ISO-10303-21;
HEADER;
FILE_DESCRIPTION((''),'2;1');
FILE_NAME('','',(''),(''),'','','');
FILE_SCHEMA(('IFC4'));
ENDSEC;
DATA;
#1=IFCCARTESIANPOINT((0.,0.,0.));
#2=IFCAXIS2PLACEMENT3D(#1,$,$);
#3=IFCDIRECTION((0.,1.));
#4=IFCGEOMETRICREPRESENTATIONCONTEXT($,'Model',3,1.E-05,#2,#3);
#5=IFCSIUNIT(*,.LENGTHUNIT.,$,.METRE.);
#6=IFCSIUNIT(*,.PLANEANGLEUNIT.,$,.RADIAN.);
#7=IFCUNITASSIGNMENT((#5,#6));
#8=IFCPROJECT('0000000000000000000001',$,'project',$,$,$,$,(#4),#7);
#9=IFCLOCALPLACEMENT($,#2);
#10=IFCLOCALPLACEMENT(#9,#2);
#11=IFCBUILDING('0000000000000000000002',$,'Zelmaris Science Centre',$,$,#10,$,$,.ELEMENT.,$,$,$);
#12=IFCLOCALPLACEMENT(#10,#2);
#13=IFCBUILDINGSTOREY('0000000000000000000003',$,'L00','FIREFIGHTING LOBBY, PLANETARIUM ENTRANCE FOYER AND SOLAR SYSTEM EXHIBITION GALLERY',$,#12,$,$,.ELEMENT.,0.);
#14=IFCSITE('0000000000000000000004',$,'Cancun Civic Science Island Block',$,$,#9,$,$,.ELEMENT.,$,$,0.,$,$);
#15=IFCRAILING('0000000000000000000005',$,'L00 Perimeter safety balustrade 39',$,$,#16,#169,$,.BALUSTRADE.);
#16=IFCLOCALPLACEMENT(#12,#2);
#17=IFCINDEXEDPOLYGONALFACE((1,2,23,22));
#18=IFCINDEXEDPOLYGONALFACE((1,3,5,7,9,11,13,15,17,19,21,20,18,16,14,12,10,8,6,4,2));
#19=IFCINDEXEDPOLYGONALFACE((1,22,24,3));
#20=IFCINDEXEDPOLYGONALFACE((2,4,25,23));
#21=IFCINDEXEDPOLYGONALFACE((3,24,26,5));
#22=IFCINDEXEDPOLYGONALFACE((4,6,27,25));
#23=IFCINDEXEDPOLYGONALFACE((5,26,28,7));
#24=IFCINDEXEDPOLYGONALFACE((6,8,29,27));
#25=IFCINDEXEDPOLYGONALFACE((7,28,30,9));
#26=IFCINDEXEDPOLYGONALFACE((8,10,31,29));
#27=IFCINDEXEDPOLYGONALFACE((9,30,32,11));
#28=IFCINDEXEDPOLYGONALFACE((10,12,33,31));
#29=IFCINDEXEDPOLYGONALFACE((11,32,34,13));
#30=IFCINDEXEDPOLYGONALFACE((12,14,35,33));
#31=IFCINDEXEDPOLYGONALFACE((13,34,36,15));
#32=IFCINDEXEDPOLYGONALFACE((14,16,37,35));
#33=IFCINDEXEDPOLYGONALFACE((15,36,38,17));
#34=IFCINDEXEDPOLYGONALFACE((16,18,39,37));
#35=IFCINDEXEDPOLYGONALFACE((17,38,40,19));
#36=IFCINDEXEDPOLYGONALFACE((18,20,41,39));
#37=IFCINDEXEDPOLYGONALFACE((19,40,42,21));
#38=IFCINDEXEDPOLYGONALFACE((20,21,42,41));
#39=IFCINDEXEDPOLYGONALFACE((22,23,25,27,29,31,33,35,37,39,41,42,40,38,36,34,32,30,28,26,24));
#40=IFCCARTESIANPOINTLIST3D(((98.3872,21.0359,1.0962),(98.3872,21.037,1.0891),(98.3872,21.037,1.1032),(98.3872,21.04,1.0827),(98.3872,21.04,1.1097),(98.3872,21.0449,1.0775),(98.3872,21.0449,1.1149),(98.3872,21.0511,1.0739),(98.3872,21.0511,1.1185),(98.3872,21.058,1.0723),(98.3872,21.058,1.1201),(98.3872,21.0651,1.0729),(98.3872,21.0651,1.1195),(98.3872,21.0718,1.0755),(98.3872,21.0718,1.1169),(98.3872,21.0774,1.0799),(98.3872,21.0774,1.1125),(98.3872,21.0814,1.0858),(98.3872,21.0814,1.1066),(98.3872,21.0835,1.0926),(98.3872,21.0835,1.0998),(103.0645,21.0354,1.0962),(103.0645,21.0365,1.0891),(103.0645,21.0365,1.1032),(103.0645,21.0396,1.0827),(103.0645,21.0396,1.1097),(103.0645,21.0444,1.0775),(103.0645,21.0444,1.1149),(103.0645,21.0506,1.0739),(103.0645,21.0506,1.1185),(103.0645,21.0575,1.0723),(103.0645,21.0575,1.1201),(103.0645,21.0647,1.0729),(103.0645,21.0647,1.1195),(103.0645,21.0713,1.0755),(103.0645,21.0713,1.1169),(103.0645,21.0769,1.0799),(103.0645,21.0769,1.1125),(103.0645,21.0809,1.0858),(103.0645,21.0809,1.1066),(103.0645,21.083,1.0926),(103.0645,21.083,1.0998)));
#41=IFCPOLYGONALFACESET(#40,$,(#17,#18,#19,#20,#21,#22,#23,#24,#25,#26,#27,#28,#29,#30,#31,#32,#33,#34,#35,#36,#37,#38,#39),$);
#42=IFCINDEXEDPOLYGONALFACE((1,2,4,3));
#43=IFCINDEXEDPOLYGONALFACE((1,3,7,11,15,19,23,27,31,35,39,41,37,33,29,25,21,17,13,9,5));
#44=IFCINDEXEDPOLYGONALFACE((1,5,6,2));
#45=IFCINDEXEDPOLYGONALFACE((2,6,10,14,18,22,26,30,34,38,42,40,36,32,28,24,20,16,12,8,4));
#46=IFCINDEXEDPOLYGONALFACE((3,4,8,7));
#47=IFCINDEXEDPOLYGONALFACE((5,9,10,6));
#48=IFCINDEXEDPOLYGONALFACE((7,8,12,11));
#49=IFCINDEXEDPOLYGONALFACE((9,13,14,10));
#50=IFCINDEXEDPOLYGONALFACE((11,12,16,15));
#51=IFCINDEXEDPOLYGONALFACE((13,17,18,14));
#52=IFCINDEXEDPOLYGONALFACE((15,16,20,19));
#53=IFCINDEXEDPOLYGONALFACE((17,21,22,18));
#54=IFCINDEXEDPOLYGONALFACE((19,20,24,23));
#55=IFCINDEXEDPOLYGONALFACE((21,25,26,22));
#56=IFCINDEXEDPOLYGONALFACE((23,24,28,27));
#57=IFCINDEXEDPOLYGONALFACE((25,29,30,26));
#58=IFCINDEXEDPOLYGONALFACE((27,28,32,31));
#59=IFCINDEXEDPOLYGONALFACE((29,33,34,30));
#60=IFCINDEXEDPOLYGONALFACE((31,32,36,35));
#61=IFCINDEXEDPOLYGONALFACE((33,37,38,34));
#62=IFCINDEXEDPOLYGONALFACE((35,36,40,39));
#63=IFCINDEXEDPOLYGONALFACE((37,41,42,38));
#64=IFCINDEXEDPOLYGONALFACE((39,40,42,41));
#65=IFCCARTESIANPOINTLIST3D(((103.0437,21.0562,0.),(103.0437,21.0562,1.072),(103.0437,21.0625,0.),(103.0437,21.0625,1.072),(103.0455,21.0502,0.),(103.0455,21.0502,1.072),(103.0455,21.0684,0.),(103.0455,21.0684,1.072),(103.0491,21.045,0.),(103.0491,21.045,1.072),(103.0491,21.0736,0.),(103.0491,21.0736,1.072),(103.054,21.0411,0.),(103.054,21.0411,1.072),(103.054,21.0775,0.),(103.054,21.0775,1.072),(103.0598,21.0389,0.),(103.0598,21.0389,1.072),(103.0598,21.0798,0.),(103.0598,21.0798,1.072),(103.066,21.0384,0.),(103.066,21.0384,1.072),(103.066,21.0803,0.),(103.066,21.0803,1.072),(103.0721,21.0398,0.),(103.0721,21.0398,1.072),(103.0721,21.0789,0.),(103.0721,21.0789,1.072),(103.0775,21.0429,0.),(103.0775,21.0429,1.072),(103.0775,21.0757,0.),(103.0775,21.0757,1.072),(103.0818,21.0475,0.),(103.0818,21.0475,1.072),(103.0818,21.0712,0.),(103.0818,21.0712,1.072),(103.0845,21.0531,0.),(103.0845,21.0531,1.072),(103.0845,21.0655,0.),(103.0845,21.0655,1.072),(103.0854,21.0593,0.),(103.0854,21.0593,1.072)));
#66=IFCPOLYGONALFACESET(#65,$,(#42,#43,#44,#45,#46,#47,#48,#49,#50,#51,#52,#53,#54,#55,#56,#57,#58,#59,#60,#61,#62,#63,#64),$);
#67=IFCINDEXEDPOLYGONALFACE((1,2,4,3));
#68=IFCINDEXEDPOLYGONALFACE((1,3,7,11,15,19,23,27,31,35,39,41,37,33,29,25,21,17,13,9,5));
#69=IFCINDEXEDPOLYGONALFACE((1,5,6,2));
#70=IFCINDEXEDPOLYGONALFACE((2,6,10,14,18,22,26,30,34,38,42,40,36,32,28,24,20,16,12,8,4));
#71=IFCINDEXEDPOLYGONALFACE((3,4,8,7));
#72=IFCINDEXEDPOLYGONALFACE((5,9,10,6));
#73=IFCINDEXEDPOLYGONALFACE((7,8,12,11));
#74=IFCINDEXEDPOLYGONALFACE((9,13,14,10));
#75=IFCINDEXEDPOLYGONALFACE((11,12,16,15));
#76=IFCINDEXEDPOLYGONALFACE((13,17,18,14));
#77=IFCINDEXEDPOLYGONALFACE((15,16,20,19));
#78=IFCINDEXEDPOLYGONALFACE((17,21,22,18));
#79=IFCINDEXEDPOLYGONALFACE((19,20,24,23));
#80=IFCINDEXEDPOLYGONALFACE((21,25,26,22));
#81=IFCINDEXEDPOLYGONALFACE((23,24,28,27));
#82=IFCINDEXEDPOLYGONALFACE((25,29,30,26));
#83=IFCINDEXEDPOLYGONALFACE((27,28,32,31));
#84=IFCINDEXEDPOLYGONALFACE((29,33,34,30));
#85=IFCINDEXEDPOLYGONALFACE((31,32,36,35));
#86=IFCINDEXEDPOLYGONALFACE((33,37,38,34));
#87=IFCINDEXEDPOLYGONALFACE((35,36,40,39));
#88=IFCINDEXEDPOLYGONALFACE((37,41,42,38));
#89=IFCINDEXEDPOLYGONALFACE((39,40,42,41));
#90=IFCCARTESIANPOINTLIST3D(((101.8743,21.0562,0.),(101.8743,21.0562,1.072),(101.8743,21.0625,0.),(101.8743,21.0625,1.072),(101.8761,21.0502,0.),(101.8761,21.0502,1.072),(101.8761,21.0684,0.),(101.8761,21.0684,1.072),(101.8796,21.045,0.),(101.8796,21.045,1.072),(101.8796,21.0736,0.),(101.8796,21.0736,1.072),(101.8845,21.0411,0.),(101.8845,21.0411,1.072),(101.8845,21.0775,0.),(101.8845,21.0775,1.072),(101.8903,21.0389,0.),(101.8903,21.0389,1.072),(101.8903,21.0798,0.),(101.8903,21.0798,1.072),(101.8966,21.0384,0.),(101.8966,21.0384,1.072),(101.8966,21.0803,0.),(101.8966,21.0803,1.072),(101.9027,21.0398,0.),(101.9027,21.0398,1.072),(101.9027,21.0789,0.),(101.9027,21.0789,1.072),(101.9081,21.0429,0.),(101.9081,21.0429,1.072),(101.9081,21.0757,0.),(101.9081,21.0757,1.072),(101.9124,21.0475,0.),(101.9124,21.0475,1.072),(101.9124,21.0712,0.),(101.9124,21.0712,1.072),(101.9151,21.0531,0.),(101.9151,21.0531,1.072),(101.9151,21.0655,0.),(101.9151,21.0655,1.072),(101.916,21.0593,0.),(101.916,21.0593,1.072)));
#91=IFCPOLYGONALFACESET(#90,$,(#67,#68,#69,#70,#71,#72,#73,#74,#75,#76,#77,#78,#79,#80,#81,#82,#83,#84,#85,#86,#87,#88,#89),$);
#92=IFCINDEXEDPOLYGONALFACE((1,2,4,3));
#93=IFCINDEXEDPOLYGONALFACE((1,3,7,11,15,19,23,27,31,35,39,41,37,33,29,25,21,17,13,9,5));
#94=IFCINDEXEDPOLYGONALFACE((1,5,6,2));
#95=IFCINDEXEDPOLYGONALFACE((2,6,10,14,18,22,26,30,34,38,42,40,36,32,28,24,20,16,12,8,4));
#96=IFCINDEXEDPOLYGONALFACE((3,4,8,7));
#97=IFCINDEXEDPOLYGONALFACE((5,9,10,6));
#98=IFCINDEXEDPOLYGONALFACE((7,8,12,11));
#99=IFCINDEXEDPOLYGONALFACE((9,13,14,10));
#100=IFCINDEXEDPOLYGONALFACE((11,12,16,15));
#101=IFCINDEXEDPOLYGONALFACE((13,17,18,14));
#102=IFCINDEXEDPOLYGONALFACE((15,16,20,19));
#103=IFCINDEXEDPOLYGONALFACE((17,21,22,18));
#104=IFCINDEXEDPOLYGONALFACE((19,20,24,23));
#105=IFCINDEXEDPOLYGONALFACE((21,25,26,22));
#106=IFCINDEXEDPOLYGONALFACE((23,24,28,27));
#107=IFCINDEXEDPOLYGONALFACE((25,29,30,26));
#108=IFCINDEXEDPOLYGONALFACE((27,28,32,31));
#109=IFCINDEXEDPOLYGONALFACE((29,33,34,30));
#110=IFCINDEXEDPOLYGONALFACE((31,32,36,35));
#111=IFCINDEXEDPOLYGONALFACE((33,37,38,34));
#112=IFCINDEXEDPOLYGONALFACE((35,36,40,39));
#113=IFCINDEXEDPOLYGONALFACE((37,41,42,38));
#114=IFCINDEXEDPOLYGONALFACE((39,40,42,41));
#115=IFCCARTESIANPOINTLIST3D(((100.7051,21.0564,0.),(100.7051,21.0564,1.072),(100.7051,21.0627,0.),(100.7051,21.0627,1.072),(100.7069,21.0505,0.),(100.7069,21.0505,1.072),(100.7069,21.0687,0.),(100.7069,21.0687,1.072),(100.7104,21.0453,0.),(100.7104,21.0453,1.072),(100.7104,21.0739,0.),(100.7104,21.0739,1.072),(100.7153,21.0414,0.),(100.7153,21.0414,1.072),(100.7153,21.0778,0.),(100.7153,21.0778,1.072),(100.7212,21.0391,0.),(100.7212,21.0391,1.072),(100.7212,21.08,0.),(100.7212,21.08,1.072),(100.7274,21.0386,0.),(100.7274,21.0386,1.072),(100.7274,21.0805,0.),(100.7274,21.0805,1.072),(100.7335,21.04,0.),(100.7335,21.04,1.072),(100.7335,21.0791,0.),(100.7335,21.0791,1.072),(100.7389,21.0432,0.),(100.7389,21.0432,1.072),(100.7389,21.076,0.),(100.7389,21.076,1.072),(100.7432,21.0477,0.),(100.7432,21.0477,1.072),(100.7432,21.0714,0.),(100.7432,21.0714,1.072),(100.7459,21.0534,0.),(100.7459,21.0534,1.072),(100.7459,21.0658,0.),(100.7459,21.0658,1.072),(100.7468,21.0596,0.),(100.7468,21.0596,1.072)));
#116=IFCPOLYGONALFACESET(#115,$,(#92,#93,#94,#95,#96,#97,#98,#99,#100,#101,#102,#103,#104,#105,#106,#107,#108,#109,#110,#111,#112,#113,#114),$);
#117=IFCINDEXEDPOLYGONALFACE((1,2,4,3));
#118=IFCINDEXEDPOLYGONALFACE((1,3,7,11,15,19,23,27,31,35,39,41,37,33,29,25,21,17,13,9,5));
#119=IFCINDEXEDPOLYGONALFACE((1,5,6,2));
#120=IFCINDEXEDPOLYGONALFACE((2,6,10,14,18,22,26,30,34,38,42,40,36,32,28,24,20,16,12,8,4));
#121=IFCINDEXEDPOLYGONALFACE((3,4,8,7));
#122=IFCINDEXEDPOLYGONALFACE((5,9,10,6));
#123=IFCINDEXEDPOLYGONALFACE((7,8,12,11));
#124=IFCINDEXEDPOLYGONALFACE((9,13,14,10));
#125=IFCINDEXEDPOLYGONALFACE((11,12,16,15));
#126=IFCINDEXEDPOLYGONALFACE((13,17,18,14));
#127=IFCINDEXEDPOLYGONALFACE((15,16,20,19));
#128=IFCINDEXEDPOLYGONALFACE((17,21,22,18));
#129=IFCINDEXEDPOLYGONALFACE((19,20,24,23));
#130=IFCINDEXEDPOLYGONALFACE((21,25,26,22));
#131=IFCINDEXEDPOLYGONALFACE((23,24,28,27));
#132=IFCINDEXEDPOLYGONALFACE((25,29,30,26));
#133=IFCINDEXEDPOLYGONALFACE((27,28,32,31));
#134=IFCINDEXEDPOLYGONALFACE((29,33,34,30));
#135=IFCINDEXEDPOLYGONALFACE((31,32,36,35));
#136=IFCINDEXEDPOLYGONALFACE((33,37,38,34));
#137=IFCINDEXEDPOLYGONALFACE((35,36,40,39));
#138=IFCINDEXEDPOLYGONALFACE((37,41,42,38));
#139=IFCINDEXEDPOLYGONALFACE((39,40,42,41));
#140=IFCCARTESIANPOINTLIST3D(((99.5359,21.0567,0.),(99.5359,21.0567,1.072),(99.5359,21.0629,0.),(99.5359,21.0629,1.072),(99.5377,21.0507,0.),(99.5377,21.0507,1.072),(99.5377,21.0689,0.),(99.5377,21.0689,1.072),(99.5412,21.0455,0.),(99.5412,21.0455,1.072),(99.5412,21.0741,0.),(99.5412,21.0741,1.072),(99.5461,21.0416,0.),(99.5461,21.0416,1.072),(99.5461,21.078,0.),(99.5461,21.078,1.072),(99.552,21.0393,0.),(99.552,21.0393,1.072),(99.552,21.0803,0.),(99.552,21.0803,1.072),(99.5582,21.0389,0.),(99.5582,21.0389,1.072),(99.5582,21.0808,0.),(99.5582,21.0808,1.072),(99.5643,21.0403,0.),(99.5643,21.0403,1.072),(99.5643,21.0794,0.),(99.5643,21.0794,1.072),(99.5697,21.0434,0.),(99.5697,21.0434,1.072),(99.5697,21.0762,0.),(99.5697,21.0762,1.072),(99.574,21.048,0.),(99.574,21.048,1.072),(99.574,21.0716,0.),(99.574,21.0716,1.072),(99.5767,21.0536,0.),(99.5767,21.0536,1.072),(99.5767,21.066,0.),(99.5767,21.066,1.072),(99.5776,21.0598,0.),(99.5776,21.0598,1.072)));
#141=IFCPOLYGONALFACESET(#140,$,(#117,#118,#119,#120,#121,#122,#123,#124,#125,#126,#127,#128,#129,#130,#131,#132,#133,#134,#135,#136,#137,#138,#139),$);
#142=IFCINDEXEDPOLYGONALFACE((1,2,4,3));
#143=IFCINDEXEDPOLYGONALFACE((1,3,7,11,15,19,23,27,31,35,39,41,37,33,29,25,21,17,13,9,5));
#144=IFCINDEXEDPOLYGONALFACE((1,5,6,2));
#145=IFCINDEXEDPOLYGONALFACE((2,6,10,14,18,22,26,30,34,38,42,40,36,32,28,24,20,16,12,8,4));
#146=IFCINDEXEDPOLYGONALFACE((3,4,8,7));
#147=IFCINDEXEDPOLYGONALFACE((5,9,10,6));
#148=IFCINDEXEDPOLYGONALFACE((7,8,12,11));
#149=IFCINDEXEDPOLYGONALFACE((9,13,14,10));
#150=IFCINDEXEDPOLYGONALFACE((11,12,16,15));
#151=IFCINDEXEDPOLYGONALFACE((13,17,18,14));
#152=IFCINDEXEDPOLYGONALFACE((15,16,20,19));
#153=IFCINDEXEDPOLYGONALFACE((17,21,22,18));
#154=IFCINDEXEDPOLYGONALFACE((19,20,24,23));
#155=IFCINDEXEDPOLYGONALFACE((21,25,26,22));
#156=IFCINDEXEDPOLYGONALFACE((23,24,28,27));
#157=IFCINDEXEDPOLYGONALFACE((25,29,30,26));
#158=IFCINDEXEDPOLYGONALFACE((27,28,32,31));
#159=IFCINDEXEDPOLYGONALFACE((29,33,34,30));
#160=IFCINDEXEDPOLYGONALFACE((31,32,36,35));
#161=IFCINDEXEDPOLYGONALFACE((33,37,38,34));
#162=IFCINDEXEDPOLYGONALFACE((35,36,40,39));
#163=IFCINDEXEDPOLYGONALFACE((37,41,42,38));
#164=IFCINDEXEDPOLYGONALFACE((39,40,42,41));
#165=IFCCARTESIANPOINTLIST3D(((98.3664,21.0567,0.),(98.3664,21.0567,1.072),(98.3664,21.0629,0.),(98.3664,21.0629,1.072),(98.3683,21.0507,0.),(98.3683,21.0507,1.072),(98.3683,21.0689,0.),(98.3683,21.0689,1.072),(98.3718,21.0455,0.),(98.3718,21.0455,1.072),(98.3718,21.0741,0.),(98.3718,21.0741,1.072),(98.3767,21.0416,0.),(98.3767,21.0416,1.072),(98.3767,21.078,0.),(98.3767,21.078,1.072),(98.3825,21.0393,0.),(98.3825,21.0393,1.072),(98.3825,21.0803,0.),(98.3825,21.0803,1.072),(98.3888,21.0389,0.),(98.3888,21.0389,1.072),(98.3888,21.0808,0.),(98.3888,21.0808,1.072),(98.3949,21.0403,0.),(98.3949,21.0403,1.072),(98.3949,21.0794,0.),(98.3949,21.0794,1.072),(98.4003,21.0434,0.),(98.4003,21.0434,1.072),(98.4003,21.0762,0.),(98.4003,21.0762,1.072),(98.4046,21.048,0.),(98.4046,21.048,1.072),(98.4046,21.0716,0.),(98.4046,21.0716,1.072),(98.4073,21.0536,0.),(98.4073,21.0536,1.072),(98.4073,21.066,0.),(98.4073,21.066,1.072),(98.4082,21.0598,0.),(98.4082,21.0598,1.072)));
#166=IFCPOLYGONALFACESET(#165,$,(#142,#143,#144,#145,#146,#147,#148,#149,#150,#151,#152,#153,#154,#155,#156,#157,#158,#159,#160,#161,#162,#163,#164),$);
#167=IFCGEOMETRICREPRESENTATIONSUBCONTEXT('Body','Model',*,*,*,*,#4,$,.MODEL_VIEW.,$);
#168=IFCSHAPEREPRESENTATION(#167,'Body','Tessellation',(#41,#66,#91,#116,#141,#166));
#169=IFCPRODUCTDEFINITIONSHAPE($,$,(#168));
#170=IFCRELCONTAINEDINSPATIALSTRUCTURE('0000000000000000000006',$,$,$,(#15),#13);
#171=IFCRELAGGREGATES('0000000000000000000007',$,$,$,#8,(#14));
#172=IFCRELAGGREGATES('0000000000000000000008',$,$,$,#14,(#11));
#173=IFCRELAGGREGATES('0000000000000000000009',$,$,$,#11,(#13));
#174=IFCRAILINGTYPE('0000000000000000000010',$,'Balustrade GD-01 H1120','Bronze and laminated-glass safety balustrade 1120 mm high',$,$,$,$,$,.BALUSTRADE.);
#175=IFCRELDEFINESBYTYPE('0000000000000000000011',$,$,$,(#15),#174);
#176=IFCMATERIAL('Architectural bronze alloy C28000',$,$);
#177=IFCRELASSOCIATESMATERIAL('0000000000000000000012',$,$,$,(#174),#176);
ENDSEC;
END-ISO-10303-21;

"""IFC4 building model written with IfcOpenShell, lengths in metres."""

from ifc_helpers import new_model, si_unit, direction, frame, origin, origin_2d, place, context, subcontext, project, spatial, circle, extrude, material, type_object, element, save


model = new_model("IFC4")

# Units and contexts
model_context = context("Model", 3, precision=1e-05, world=origin(), true_north=direction((0.0, 1.0)))
body_context = subcontext(model_context, "Body", "Model", "MODEL_VIEW")
ifc_project = project(units=[si_unit("LENGTHUNIT", "METRE"), si_unit("PLANEANGLEUNIT", "RADIAN")], contexts=[model_context])

# Site, building, storey
site_placement = place(None, origin())
site = spatial("IfcSite", under=ifc_project, at=site_placement, Name="Cancun Civic Science Island Block", CompositionType="ELEMENT", RefElevation=0.0)
building_placement = place(site_placement, origin())
building = spatial("IfcBuilding", under=site, at=building_placement, Name="Zelmaris Science Centre", CompositionType="ELEMENT")
storey_placement = place(building_placement, origin())
storey = spatial("IfcBuildingStorey", under=building, at=storey_placement, Name="L00", Description="FIREFIGHTING LOBBY, PLANETARIUM ENTRANCE FOYER AND SOLAR SYSTEM EXHIBITION GALLERY", CompositionType="ELEMENT", Elevation=0.0)

# Railing
ifc_material_1 = material(Name="Architectural bronze alloy C28000")
railing_type = type_object("IfcRailingType", Name="Balustrade GD-01 H1120", Description="Bronze and laminated-glass safety balustrade 1120 mm high", PredefinedType="BALUSTRADE", material=ifc_material_1)
railing_placement = place(storey_placement, frame((103.0645, 21.0593, 0.0)))
element("IfcRailing", 1, at=railing_placement, inside=storey, type_object=railing_type, Name="L00 Perimeter safety balustrade 39", PredefinedType="BALUSTRADE", context=body_context, shape_type="SweptSolid", body=[
    extrude(circle(Radius=0.0239, at=origin_2d()), frame((0.0, 0.0, 1.0962), z_axis=(-1.0, 0.000104, 0.0), x_axis=(-0.000104, -1.0, 0.0)), (0.0, 0.0, 1.0), 4.6772),
    extrude(circle(Radius=0.021, at=origin_2d()), origin(), (0.0, 0.0, 1.0), 1.072),
    extrude(circle(Radius=0.021, at=origin_2d()), frame((-1.1694, 0.0, 0.0)), (0.0, 0.0, 1.0), 1.072),
    extrude(circle(Radius=0.021, at=origin_2d()), frame((-2.3386, 0.0002, 0.0)), (0.0, 0.0, 1.0), 1.072),
    extrude(circle(Radius=0.021, at=origin_2d()), frame((-3.5078, 0.0005, 0.0)), (0.0, 0.0, 1.0), 1.072),
    extrude(circle(Radius=0.021, at=origin_2d()), frame((-4.6772, 0.0005, 0.0)), (0.0, 0.0, 1.0), 1.072),
])

save(model, "model.ifc")
